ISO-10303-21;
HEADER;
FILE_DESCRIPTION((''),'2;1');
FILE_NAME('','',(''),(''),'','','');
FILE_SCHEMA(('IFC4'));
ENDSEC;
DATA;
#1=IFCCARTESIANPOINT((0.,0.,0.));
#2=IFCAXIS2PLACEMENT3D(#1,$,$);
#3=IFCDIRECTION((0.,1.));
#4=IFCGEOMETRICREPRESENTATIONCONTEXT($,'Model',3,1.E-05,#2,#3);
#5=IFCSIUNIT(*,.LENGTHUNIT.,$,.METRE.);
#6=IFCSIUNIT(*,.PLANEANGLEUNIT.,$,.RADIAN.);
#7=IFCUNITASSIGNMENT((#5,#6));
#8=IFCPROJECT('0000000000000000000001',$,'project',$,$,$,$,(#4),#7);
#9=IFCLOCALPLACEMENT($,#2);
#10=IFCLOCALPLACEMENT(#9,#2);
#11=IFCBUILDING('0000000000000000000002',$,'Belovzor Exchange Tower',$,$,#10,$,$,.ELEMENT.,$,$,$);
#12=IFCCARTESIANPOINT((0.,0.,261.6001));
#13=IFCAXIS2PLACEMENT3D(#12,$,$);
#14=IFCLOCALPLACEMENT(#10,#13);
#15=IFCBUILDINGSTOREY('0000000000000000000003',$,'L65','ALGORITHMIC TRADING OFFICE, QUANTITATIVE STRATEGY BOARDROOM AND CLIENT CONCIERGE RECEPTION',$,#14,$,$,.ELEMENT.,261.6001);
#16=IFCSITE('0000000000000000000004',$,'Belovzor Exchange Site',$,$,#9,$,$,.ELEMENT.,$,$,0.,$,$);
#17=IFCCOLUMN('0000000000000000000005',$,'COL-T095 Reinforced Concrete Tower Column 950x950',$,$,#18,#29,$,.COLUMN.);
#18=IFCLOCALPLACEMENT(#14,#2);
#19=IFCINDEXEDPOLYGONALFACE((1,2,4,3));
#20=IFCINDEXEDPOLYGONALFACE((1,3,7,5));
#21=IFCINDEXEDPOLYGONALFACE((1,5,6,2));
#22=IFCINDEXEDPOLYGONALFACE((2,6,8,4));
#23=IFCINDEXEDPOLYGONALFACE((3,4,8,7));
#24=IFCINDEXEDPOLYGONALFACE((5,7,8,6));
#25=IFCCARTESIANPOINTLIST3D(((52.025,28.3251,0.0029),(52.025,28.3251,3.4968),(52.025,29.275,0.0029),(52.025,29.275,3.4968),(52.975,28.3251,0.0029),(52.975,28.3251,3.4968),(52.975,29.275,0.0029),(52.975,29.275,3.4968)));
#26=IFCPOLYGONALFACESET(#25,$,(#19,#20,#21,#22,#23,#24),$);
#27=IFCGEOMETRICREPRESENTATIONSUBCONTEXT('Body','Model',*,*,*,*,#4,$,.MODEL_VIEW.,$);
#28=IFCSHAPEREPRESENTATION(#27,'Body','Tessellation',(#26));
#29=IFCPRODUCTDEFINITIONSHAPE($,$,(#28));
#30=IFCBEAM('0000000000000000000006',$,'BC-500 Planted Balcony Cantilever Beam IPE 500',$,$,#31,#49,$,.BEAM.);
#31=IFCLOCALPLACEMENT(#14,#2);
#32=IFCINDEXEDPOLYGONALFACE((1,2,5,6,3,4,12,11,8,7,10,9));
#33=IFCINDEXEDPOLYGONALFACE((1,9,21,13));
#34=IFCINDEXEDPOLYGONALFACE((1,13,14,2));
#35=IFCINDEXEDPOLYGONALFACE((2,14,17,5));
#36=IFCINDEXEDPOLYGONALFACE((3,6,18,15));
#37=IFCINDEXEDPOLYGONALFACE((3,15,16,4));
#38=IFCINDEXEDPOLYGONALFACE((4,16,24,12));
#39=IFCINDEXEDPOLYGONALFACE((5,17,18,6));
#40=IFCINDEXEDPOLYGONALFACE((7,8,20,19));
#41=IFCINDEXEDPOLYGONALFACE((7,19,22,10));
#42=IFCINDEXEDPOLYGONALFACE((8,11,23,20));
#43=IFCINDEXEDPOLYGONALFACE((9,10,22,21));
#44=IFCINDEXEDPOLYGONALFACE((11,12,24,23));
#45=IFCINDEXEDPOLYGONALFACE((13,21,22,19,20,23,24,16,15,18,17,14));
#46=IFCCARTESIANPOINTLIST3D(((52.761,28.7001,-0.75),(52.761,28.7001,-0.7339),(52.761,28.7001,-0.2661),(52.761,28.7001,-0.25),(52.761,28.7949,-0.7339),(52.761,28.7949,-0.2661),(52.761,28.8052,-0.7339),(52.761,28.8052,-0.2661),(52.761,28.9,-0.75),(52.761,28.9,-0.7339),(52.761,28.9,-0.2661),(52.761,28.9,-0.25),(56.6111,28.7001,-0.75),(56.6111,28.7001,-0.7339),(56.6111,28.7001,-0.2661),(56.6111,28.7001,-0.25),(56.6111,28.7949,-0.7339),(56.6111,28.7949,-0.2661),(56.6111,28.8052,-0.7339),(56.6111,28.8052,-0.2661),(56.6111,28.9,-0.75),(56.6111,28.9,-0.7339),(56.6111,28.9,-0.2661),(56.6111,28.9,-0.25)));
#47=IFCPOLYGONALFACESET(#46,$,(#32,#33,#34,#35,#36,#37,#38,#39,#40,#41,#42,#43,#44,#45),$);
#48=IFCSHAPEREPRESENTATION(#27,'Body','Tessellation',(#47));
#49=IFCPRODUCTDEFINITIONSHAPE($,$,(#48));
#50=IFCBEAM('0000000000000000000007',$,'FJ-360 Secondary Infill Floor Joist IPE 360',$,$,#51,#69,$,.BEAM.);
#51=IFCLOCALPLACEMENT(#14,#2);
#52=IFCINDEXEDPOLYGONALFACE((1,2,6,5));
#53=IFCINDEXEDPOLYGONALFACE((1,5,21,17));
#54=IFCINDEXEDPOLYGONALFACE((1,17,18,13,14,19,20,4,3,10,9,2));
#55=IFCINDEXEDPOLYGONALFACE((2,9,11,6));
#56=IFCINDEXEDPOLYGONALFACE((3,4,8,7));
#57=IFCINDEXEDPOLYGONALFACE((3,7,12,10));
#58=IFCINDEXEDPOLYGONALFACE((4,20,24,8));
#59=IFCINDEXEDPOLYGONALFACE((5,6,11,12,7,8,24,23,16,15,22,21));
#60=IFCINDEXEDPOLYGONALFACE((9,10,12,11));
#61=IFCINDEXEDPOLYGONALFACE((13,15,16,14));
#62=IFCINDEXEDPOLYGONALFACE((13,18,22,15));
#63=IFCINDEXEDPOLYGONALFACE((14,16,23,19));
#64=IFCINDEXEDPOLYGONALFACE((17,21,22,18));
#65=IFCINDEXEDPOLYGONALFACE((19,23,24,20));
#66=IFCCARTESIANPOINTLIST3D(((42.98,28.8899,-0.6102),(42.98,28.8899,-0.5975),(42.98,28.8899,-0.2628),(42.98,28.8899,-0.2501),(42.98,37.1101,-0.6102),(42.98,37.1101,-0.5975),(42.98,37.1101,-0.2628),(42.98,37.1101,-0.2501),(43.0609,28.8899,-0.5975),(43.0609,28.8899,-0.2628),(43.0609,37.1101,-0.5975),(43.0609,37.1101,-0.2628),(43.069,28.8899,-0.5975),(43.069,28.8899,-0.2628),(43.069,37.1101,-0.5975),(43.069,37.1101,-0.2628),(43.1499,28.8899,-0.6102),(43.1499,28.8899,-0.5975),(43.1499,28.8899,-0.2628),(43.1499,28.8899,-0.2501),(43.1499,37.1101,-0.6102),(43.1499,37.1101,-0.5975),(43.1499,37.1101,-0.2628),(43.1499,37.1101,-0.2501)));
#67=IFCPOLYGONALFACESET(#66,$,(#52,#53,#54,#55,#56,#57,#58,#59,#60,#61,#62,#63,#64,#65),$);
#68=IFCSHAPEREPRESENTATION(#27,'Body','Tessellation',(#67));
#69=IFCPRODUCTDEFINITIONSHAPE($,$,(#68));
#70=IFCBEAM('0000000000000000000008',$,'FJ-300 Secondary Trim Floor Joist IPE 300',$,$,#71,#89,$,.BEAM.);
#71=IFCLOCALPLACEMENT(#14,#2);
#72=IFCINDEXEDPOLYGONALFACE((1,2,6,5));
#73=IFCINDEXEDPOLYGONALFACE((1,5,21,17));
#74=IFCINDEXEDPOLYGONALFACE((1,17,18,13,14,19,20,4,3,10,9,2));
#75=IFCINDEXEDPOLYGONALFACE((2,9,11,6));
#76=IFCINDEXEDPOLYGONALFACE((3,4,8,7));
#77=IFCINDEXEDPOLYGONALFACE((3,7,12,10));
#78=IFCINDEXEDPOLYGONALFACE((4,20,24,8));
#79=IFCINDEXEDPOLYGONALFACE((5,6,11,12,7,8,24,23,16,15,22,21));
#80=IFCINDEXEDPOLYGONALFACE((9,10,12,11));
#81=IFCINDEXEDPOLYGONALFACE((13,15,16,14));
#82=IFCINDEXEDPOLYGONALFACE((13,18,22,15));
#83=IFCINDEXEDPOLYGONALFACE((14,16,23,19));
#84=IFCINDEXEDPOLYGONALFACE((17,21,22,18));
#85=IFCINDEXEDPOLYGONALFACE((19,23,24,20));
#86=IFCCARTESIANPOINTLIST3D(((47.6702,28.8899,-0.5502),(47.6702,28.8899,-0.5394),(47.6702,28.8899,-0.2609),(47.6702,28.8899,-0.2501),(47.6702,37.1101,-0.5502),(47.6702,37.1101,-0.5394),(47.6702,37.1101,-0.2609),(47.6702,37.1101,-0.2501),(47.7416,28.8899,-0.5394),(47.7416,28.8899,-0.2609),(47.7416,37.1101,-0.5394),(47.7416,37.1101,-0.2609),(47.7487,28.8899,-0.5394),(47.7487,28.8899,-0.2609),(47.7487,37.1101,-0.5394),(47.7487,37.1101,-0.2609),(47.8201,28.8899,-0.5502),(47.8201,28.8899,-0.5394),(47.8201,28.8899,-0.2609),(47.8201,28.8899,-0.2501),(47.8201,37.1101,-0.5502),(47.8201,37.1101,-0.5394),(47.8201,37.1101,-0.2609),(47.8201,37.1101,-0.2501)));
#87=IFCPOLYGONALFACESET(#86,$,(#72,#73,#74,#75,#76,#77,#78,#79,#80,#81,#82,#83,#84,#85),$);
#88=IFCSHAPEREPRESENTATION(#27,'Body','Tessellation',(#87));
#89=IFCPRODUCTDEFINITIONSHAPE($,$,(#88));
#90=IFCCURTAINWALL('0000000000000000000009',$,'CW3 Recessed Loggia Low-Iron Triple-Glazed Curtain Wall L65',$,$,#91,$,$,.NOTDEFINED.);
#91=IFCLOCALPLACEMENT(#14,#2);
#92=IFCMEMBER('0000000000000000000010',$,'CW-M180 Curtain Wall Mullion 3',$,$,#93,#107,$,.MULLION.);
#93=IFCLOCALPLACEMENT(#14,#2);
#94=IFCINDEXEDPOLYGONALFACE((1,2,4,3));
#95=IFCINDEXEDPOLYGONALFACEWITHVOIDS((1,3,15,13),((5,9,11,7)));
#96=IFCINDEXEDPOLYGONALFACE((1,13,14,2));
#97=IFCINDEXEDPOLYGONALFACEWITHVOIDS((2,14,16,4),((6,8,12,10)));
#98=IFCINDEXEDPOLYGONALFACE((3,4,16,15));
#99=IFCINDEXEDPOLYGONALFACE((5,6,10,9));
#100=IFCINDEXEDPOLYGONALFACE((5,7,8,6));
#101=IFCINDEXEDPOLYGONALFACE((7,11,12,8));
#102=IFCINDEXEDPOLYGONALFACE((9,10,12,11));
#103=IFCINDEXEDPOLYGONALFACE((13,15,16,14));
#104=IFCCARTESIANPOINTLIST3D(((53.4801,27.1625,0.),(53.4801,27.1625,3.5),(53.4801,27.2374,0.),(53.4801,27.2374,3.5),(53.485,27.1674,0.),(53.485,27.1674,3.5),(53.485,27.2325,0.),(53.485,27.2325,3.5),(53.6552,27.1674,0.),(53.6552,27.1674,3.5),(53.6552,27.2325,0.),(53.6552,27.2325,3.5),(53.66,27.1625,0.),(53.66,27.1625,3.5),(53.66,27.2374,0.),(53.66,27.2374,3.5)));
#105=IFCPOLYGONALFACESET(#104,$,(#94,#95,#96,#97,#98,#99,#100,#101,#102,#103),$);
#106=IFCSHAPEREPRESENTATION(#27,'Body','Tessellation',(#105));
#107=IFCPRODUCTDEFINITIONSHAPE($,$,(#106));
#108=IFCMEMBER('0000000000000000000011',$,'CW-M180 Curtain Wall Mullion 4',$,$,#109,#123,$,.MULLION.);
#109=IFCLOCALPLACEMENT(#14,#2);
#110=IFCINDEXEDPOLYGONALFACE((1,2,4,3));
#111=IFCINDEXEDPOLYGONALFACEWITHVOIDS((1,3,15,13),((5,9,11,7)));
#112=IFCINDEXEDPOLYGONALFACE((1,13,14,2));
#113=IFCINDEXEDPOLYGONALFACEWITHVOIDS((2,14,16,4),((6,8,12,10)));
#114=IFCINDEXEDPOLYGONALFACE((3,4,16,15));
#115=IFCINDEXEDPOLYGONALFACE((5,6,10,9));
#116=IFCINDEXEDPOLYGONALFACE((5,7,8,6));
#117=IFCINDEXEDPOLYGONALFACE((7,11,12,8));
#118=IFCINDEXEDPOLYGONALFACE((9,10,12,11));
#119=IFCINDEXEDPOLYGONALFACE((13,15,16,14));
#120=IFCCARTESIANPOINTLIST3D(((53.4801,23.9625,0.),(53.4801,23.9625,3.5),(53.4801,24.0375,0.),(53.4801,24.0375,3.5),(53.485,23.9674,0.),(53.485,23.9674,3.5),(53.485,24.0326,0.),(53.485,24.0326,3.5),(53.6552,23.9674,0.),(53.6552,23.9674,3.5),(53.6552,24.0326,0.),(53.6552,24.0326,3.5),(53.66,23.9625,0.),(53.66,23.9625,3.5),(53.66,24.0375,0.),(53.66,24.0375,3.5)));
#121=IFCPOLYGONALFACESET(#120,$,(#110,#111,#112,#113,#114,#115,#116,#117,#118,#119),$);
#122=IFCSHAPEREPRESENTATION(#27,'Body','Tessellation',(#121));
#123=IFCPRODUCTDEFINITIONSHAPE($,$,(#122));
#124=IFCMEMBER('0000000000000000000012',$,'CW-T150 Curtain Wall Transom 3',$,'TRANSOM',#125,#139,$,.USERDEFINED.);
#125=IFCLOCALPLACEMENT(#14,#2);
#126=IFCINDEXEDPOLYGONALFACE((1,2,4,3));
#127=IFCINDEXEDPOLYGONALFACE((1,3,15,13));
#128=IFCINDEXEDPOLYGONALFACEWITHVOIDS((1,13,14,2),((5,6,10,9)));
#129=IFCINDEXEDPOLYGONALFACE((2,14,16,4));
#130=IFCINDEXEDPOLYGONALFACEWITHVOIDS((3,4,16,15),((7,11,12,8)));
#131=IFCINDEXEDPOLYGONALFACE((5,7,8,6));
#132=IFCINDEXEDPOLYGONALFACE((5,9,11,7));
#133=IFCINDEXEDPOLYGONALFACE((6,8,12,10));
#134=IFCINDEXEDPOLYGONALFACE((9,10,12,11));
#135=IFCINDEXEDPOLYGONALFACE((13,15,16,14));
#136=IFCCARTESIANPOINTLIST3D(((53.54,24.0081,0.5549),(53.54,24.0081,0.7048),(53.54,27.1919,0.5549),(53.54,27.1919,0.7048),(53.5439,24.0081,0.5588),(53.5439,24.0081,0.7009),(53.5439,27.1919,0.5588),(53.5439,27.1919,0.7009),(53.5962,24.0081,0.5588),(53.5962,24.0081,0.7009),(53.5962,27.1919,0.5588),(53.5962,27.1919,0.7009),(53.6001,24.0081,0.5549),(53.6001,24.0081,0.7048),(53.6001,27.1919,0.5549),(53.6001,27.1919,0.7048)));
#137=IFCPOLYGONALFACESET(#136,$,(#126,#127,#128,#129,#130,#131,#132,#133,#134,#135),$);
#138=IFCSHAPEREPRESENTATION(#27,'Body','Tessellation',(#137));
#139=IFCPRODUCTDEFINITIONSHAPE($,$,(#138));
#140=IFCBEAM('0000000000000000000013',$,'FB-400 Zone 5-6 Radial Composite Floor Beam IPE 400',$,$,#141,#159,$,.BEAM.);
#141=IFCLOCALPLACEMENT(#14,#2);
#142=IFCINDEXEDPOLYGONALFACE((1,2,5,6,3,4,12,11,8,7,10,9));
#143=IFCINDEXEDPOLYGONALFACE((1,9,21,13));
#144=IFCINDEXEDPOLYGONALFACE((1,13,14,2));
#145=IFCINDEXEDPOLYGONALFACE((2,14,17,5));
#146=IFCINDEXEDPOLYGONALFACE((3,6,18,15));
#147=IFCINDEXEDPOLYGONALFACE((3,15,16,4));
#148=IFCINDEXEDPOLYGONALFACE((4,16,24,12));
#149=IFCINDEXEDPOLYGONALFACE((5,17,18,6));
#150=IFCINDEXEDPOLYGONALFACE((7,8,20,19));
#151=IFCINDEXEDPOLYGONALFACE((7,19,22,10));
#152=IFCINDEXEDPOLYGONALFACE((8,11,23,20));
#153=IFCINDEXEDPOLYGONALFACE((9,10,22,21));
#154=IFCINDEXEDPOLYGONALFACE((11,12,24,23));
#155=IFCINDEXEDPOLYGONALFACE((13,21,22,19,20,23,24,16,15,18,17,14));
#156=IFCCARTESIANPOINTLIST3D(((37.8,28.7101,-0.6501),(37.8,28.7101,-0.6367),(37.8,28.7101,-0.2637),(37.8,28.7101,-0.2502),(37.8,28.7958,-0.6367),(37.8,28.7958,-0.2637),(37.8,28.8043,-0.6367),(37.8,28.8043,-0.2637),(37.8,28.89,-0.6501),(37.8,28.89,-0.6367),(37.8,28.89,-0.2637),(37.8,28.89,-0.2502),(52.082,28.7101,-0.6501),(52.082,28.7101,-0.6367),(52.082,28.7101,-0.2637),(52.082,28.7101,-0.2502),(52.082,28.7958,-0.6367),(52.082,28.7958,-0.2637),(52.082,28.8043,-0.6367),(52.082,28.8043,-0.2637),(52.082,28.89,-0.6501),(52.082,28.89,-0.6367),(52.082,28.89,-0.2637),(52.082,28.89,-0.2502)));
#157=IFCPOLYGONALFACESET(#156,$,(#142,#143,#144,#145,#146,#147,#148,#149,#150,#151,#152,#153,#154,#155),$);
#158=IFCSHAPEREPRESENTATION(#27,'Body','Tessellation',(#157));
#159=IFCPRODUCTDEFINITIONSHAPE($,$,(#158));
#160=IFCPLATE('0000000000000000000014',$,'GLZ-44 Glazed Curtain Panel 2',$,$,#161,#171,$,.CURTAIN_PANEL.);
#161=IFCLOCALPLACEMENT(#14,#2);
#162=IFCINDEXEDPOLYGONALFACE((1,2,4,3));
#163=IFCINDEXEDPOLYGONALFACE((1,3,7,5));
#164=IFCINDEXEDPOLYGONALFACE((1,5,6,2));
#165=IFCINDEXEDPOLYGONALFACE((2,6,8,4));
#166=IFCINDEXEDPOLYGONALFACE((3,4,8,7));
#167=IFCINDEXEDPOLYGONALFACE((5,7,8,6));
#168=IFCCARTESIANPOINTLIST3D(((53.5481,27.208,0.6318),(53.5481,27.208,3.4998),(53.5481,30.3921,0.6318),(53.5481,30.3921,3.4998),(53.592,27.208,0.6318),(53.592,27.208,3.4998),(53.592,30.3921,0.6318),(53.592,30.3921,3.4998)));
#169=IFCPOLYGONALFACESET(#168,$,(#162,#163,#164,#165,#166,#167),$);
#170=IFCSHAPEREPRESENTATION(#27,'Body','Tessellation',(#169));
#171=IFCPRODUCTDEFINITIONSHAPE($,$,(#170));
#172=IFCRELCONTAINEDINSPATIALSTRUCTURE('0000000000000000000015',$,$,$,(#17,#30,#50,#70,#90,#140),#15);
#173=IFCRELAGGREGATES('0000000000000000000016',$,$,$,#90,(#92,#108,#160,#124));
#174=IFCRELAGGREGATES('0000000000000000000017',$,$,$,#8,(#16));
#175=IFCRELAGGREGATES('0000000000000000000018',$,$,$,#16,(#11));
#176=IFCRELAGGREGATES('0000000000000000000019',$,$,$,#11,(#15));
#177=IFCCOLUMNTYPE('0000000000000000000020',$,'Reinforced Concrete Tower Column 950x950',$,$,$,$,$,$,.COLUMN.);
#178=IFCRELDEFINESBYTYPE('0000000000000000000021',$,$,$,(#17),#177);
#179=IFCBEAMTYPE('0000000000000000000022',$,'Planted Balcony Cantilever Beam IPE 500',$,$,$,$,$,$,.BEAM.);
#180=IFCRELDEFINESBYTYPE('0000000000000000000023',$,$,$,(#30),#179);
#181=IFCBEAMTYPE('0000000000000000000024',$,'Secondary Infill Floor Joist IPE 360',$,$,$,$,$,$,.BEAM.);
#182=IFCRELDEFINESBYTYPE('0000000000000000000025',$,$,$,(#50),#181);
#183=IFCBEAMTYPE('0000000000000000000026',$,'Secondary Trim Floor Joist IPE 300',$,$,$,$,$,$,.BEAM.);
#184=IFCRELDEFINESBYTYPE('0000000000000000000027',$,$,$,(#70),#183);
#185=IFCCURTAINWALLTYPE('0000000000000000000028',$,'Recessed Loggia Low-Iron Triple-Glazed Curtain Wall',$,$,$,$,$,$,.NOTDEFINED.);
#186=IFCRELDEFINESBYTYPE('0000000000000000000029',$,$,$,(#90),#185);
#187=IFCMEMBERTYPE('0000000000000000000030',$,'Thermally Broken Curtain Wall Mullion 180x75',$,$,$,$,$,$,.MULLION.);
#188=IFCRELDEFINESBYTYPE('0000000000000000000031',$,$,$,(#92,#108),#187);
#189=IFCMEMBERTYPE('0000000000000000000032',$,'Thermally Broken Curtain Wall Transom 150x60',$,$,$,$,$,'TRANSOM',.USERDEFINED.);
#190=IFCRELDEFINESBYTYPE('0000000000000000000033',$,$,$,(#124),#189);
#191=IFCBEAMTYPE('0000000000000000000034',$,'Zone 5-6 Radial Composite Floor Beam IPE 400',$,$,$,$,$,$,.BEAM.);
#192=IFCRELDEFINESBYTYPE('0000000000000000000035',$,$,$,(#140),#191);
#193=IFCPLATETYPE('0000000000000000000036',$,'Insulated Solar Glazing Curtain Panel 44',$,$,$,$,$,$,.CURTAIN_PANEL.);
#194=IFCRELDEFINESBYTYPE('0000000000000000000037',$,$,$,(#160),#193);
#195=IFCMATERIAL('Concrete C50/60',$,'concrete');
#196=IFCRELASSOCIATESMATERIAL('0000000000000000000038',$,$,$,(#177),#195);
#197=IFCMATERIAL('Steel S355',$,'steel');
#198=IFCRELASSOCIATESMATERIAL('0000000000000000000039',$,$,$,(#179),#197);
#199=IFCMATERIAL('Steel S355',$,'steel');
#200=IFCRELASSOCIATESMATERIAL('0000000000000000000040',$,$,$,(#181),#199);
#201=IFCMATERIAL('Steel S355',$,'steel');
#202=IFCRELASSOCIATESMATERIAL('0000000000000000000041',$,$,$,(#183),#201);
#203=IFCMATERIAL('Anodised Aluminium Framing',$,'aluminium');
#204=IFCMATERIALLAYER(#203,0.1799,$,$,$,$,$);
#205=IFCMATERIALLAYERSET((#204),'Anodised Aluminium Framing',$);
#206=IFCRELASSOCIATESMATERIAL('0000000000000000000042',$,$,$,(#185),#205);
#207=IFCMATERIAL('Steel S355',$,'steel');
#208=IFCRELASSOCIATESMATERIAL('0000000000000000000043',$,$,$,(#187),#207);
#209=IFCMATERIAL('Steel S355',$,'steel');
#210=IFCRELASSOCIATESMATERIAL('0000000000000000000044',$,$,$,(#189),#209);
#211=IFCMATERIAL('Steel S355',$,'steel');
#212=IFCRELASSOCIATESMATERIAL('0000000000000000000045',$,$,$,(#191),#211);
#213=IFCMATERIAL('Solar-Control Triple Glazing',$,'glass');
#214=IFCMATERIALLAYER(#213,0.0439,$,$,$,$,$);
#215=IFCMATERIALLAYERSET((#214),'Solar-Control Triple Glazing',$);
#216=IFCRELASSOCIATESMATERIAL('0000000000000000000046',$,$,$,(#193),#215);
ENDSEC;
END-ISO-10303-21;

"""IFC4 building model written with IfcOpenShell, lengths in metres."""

from ifc_helpers import new_model, si_unit, direction, frame, origin, origin_2d, place, context, subcontext, project, spatial, rectangle, hollow_rectangle, i_section, extrude, material, layer, layer_set, material_profile, profile_set, type_object, element, aggregate, save


model = new_model("IFC4")

# Units and contexts
model_context = context("Model", 3, precision=1e-05, world=origin(), true_north=direction((0.0, 1.0)))
body_context = subcontext(model_context, "Body", "Model", "MODEL_VIEW")
ifc_project = project(units=[si_unit("LENGTHUNIT", "METRE"), si_unit("PLANEANGLEUNIT", "RADIAN")], contexts=[model_context])

# Site, building, storey
site_placement = place(None, origin())
site = spatial("IfcSite", under=ifc_project, at=site_placement, Name="Belovzor Exchange Site", CompositionType="ELEMENT", RefElevation=0.0)
building_placement = place(site_placement, origin())
building = spatial("IfcBuilding", under=site, at=building_placement, Name="Belovzor Exchange Tower", CompositionType="ELEMENT")
storey_placement = place(building_placement, frame((0.0, 0.0, 261.6001)))
storey = spatial("IfcBuildingStorey", under=building, at=storey_placement, Name="L65", Description="ALGORITHMIC TRADING OFFICE, QUANTITATIVE STRATEGY BOARDROOM AND CLIENT CONCIERGE RECEPTION", CompositionType="ELEMENT", Elevation=261.6001)

# Column
ifc_material_1 = material(Name="Concrete C50/60", Category="concrete")
ifc_material_profile_1 = material_profile(ifc_material_1, rectangle(XDim=0.95, YDim=0.95, at=origin_2d()))
ifc_profile_set_1 = profile_set([ifc_material_profile_1], Name="Concrete C50/60")
column_type = type_object("IfcColumnType", Name="Reinforced Concrete Tower Column 950x950", PredefinedType="COLUMN", material=ifc_profile_set_1)
column_placement = place(storey_placement, frame((52.5, 28.8, 0.0029), z_axis=(0.0, 0.0, 1.0), x_axis=(1.0, 0.0, 0.0)))
element("IfcColumn", 1, at=column_placement, inside=storey, type_object=column_type, Name="COL-T095 Reinforced Concrete Tower Column 950x950", PredefinedType="COLUMN", context=body_context, shape_type="SweptSolid", body=[
    extrude(rectangle(XDim=0.95, YDim=0.95, at=origin_2d()), origin(), (0.0, 0.0, 1.0), 3.4939),
])

# Beams
ifc_material_2 = material(Name="Steel S355", Category="steel")
ifc_material_profile_2 = material_profile(ifc_material_2, i_section(OverallWidth=0.2, OverallDepth=0.5, WebThickness=0.0103, FlangeThickness=0.0161, at=origin_2d()))
ifc_profile_set_2 = profile_set([ifc_material_profile_2], Name="Steel S355")
beam_type_1 = type_object("IfcBeamType", Name="Planted Balcony Cantilever Beam IPE 500", PredefinedType="BEAM", material=ifc_profile_set_2)
beam_1_placement = place(storey_placement, frame((52.761, 28.8, -0.5), z_axis=(1.0, 0.0, 0.0), x_axis=(0.0, 1.0, 0.0)))
element("IfcBeam", 2, at=beam_1_placement, inside=storey, type_object=beam_type_1, Name="BC-500 Planted Balcony Cantilever Beam IPE 500", PredefinedType="BEAM", context=body_context, shape_type="SweptSolid", body=[
    extrude(i_section(OverallWidth=0.2, OverallDepth=0.5, WebThickness=0.0103, FlangeThickness=0.0161, at=origin_2d()), origin(), (0.0, 0.0, 1.0), 3.8501),
])
ifc_material_3 = material(Name="Steel S355", Category="steel")
ifc_material_profile_3 = material_profile(ifc_material_3, i_section(OverallWidth=0.1699, OverallDepth=0.3601, WebThickness=0.0081, FlangeThickness=0.0127, at=origin_2d()))
ifc_profile_set_3 = profile_set([ifc_material_profile_3], Name="Steel S355")
beam_type_2 = type_object("IfcBeamType", Name="Secondary Infill Floor Joist IPE 360", PredefinedType="BEAM", material=ifc_profile_set_3)
beam_2_placement = place(storey_placement, frame((43.0649, 28.8899, -0.4302), z_axis=(0.0, 1.0, 0.0), x_axis=(-1.0, 0.0, 0.0)))
element("IfcBeam", 3, at=beam_2_placement, inside=storey, type_object=beam_type_2, Name="FJ-360 Secondary Infill Floor Joist IPE 360", PredefinedType="BEAM", context=body_context, shape_type="SweptSolid", body=[
    extrude(i_section(OverallWidth=0.1699, OverallDepth=0.3601, WebThickness=0.0081, FlangeThickness=0.0127, at=origin_2d()), origin(), (0.0, 0.0, 1.0), 8.2202),
])
ifc_material_4 = material(Name="Steel S355", Category="steel")
ifc_material_profile_4 = material_profile(ifc_material_4, i_section(OverallWidth=0.1499, OverallDepth=0.3, WebThickness=0.0071, FlangeThickness=0.0107, at=origin_2d()))
ifc_profile_set_4 = profile_set([ifc_material_profile_4], Name="Steel S355")
beam_type_3 = type_object("IfcBeamType", Name="Secondary Trim Floor Joist IPE 300", PredefinedType="BEAM", material=ifc_profile_set_4)
beam_3_placement = place(storey_placement, frame((47.7451, 28.8899, -0.4001), z_axis=(0.0, 1.0, 0.0), x_axis=(-1.0, 0.0, 0.0)))
element("IfcBeam", 4, at=beam_3_placement, inside=storey, type_object=beam_type_3, Name="FJ-300 Secondary Trim Floor Joist IPE 300", PredefinedType="BEAM", context=body_context, shape_type="SweptSolid", body=[
    extrude(i_section(OverallWidth=0.1499, OverallDepth=0.3, WebThickness=0.0071, FlangeThickness=0.0107, at=origin_2d()), origin(), (0.0, 0.0, 1.0), 8.2202),
])

# Curtain wall, members
ifc_material_5 = material(Name="Anodised Aluminium Framing", Category="aluminium")
ifc_layer_1 = layer(ifc_material_5, 0.1799)
ifc_layer_set_1 = layer_set([ifc_layer_1], Name="Anodised Aluminium Framing")
curtain_wall_type = type_object("IfcCurtainWallType", Name="Recessed Loggia Low-Iron Triple-Glazed Curtain Wall", PredefinedType="NOTDEFINED", material=ifc_layer_set_1)
curtain_wall_placement = place(storey_placement, origin())
curtain_wall = element("IfcCurtainWall", 5, at=curtain_wall_placement, inside=storey, type_object=curtain_wall_type, Name="CW3 Recessed Loggia Low-Iron Triple-Glazed Curtain Wall L65", PredefinedType="NOTDEFINED")
ifc_material_6 = material(Name="Steel S355", Category="steel")
ifc_material_profile_5 = material_profile(ifc_material_6, hollow_rectangle(XDim=0.075, YDim=0.1799, WallThickness=0.0049, at=origin_2d()))
ifc_profile_set_5 = profile_set([ifc_material_profile_5], Name="Steel S355")
member_type_1 = type_object("IfcMemberType", Name="Thermally Broken Curtain Wall Mullion 180x75", PredefinedType="MULLION", material=ifc_profile_set_5)
member_1_placement = place(storey_placement, frame((53.5701, 27.2, 0.0), z_axis=(0.0, 0.0, 1.0), x_axis=(0.0, -1.0, 0.0)))
member_1 = element("IfcMember", 6, at=member_1_placement, type_object=member_type_1, Name="CW-M180 Curtain Wall Mullion 3", PredefinedType="MULLION", context=body_context, shape_type="SweptSolid", body=[
    extrude(hollow_rectangle(XDim=0.075, YDim=0.1799, WallThickness=0.0049, at=origin_2d()), origin(), (0.0, 0.0, 1.0), 3.5),
])
member_2_placement = place(storey_placement, frame((53.5701, 24.0, 0.0), z_axis=(0.0, 0.0, 1.0), x_axis=(0.0, -1.0, 0.0)))
member_2 = element("IfcMember", 7, at=member_2_placement, type_object=member_type_1, Name="CW-M180 Curtain Wall Mullion 4", PredefinedType="MULLION", context=body_context, shape_type="SweptSolid", body=[
    extrude(hollow_rectangle(XDim=0.075, YDim=0.1799, WallThickness=0.0049, at=origin_2d()), origin(), (0.0, 0.0, 1.0), 3.5),
])
ifc_material_7 = material(Name="Steel S355", Category="steel")
ifc_material_profile_6 = material_profile(ifc_material_7, hollow_rectangle(XDim=0.0601, YDim=0.1499, WallThickness=0.0039, at=origin_2d()))
ifc_profile_set_6 = profile_set([ifc_material_profile_6], Name="Steel S355")
member_type_2 = type_object("IfcMemberType", Name="Thermally Broken Curtain Wall Transom 150x60", ElementType="TRANSOM", PredefinedType="USERDEFINED", material=ifc_profile_set_6)
member_3_placement = place(storey_placement, frame((53.5701, 27.1919, 0.6299), z_axis=(0.0, -1.0, 0.0), x_axis=(1.0, 0.0, 0.0)))
member_3 = element("IfcMember", 8, at=member_3_placement, type_object=member_type_2, Name="CW-T150 Curtain Wall Transom 3", ObjectType="TRANSOM", PredefinedType="USERDEFINED", context=body_context, shape_type="SweptSolid", body=[
    extrude(hollow_rectangle(XDim=0.0601, YDim=0.1499, WallThickness=0.0039, at=origin_2d()), origin(), (0.0, 0.0, 1.0), 3.1838),
])

# Beam
ifc_material_8 = material(Name="Steel S355", Category="steel")
ifc_material_profile_7 = material_profile(ifc_material_8, i_section(OverallWidth=0.1799, OverallDepth=0.3999, WebThickness=0.0085, FlangeThickness=0.0134, at=origin_2d()))
ifc_profile_set_7 = profile_set([ifc_material_profile_7], Name="Steel S355")
beam_type_4 = type_object("IfcBeamType", Name="Zone 5-6 Radial Composite Floor Beam IPE 400", PredefinedType="BEAM", material=ifc_profile_set_7)
beam_4_placement = place(storey_placement, frame((37.8, 28.8, -0.4502), z_axis=(1.0, 0.0, 0.0), x_axis=(0.0, 1.0, 0.0)))
element("IfcBeam", 9, at=beam_4_placement, inside=storey, type_object=beam_type_4, Name="FB-400 Zone 5-6 Radial Composite Floor Beam IPE 400", PredefinedType="BEAM", context=body_context, shape_type="SweptSolid", body=[
    extrude(i_section(OverallWidth=0.1799, OverallDepth=0.3999, WebThickness=0.0085, FlangeThickness=0.0134, at=origin_2d()), origin(), (0.0, 0.0, 1.0), 14.282),
])

# Plate
ifc_material_9 = material(Name="Solar-Control Triple Glazing", Category="glass")
ifc_layer_2 = layer(ifc_material_9, 0.0439)
ifc_layer_set_2 = layer_set([ifc_layer_2], Name="Solar-Control Triple Glazing")
plate_type_1 = type_object("IfcPlateType", Name="Insulated Solar Glazing Curtain Panel 44", PredefinedType="CURTAIN_PANEL", material=ifc_layer_set_2)
plate_1_placement = place(storey_placement, frame((53.5701, 28.8, 0.6318), z_axis=(0.0, 0.0, 1.0), x_axis=(0.0, -1.0, 0.0)))
plate_1 = element("IfcPlate", 10, at=plate_1_placement, type_object=plate_type_1, Name="GLZ-44 Glazed Curtain Panel 2", PredefinedType="CURTAIN_PANEL", context=body_context, shape_type="SweptSolid", body=[
    extrude(rectangle(XDim=3.1841, YDim=0.0439, at=origin_2d()), origin(), (0.0, 0.0, 1.0), 2.8679),
])
aggregate(curtain_wall, [member_1, member_2, plate_1, member_3])

save(model, "model.ifc")
